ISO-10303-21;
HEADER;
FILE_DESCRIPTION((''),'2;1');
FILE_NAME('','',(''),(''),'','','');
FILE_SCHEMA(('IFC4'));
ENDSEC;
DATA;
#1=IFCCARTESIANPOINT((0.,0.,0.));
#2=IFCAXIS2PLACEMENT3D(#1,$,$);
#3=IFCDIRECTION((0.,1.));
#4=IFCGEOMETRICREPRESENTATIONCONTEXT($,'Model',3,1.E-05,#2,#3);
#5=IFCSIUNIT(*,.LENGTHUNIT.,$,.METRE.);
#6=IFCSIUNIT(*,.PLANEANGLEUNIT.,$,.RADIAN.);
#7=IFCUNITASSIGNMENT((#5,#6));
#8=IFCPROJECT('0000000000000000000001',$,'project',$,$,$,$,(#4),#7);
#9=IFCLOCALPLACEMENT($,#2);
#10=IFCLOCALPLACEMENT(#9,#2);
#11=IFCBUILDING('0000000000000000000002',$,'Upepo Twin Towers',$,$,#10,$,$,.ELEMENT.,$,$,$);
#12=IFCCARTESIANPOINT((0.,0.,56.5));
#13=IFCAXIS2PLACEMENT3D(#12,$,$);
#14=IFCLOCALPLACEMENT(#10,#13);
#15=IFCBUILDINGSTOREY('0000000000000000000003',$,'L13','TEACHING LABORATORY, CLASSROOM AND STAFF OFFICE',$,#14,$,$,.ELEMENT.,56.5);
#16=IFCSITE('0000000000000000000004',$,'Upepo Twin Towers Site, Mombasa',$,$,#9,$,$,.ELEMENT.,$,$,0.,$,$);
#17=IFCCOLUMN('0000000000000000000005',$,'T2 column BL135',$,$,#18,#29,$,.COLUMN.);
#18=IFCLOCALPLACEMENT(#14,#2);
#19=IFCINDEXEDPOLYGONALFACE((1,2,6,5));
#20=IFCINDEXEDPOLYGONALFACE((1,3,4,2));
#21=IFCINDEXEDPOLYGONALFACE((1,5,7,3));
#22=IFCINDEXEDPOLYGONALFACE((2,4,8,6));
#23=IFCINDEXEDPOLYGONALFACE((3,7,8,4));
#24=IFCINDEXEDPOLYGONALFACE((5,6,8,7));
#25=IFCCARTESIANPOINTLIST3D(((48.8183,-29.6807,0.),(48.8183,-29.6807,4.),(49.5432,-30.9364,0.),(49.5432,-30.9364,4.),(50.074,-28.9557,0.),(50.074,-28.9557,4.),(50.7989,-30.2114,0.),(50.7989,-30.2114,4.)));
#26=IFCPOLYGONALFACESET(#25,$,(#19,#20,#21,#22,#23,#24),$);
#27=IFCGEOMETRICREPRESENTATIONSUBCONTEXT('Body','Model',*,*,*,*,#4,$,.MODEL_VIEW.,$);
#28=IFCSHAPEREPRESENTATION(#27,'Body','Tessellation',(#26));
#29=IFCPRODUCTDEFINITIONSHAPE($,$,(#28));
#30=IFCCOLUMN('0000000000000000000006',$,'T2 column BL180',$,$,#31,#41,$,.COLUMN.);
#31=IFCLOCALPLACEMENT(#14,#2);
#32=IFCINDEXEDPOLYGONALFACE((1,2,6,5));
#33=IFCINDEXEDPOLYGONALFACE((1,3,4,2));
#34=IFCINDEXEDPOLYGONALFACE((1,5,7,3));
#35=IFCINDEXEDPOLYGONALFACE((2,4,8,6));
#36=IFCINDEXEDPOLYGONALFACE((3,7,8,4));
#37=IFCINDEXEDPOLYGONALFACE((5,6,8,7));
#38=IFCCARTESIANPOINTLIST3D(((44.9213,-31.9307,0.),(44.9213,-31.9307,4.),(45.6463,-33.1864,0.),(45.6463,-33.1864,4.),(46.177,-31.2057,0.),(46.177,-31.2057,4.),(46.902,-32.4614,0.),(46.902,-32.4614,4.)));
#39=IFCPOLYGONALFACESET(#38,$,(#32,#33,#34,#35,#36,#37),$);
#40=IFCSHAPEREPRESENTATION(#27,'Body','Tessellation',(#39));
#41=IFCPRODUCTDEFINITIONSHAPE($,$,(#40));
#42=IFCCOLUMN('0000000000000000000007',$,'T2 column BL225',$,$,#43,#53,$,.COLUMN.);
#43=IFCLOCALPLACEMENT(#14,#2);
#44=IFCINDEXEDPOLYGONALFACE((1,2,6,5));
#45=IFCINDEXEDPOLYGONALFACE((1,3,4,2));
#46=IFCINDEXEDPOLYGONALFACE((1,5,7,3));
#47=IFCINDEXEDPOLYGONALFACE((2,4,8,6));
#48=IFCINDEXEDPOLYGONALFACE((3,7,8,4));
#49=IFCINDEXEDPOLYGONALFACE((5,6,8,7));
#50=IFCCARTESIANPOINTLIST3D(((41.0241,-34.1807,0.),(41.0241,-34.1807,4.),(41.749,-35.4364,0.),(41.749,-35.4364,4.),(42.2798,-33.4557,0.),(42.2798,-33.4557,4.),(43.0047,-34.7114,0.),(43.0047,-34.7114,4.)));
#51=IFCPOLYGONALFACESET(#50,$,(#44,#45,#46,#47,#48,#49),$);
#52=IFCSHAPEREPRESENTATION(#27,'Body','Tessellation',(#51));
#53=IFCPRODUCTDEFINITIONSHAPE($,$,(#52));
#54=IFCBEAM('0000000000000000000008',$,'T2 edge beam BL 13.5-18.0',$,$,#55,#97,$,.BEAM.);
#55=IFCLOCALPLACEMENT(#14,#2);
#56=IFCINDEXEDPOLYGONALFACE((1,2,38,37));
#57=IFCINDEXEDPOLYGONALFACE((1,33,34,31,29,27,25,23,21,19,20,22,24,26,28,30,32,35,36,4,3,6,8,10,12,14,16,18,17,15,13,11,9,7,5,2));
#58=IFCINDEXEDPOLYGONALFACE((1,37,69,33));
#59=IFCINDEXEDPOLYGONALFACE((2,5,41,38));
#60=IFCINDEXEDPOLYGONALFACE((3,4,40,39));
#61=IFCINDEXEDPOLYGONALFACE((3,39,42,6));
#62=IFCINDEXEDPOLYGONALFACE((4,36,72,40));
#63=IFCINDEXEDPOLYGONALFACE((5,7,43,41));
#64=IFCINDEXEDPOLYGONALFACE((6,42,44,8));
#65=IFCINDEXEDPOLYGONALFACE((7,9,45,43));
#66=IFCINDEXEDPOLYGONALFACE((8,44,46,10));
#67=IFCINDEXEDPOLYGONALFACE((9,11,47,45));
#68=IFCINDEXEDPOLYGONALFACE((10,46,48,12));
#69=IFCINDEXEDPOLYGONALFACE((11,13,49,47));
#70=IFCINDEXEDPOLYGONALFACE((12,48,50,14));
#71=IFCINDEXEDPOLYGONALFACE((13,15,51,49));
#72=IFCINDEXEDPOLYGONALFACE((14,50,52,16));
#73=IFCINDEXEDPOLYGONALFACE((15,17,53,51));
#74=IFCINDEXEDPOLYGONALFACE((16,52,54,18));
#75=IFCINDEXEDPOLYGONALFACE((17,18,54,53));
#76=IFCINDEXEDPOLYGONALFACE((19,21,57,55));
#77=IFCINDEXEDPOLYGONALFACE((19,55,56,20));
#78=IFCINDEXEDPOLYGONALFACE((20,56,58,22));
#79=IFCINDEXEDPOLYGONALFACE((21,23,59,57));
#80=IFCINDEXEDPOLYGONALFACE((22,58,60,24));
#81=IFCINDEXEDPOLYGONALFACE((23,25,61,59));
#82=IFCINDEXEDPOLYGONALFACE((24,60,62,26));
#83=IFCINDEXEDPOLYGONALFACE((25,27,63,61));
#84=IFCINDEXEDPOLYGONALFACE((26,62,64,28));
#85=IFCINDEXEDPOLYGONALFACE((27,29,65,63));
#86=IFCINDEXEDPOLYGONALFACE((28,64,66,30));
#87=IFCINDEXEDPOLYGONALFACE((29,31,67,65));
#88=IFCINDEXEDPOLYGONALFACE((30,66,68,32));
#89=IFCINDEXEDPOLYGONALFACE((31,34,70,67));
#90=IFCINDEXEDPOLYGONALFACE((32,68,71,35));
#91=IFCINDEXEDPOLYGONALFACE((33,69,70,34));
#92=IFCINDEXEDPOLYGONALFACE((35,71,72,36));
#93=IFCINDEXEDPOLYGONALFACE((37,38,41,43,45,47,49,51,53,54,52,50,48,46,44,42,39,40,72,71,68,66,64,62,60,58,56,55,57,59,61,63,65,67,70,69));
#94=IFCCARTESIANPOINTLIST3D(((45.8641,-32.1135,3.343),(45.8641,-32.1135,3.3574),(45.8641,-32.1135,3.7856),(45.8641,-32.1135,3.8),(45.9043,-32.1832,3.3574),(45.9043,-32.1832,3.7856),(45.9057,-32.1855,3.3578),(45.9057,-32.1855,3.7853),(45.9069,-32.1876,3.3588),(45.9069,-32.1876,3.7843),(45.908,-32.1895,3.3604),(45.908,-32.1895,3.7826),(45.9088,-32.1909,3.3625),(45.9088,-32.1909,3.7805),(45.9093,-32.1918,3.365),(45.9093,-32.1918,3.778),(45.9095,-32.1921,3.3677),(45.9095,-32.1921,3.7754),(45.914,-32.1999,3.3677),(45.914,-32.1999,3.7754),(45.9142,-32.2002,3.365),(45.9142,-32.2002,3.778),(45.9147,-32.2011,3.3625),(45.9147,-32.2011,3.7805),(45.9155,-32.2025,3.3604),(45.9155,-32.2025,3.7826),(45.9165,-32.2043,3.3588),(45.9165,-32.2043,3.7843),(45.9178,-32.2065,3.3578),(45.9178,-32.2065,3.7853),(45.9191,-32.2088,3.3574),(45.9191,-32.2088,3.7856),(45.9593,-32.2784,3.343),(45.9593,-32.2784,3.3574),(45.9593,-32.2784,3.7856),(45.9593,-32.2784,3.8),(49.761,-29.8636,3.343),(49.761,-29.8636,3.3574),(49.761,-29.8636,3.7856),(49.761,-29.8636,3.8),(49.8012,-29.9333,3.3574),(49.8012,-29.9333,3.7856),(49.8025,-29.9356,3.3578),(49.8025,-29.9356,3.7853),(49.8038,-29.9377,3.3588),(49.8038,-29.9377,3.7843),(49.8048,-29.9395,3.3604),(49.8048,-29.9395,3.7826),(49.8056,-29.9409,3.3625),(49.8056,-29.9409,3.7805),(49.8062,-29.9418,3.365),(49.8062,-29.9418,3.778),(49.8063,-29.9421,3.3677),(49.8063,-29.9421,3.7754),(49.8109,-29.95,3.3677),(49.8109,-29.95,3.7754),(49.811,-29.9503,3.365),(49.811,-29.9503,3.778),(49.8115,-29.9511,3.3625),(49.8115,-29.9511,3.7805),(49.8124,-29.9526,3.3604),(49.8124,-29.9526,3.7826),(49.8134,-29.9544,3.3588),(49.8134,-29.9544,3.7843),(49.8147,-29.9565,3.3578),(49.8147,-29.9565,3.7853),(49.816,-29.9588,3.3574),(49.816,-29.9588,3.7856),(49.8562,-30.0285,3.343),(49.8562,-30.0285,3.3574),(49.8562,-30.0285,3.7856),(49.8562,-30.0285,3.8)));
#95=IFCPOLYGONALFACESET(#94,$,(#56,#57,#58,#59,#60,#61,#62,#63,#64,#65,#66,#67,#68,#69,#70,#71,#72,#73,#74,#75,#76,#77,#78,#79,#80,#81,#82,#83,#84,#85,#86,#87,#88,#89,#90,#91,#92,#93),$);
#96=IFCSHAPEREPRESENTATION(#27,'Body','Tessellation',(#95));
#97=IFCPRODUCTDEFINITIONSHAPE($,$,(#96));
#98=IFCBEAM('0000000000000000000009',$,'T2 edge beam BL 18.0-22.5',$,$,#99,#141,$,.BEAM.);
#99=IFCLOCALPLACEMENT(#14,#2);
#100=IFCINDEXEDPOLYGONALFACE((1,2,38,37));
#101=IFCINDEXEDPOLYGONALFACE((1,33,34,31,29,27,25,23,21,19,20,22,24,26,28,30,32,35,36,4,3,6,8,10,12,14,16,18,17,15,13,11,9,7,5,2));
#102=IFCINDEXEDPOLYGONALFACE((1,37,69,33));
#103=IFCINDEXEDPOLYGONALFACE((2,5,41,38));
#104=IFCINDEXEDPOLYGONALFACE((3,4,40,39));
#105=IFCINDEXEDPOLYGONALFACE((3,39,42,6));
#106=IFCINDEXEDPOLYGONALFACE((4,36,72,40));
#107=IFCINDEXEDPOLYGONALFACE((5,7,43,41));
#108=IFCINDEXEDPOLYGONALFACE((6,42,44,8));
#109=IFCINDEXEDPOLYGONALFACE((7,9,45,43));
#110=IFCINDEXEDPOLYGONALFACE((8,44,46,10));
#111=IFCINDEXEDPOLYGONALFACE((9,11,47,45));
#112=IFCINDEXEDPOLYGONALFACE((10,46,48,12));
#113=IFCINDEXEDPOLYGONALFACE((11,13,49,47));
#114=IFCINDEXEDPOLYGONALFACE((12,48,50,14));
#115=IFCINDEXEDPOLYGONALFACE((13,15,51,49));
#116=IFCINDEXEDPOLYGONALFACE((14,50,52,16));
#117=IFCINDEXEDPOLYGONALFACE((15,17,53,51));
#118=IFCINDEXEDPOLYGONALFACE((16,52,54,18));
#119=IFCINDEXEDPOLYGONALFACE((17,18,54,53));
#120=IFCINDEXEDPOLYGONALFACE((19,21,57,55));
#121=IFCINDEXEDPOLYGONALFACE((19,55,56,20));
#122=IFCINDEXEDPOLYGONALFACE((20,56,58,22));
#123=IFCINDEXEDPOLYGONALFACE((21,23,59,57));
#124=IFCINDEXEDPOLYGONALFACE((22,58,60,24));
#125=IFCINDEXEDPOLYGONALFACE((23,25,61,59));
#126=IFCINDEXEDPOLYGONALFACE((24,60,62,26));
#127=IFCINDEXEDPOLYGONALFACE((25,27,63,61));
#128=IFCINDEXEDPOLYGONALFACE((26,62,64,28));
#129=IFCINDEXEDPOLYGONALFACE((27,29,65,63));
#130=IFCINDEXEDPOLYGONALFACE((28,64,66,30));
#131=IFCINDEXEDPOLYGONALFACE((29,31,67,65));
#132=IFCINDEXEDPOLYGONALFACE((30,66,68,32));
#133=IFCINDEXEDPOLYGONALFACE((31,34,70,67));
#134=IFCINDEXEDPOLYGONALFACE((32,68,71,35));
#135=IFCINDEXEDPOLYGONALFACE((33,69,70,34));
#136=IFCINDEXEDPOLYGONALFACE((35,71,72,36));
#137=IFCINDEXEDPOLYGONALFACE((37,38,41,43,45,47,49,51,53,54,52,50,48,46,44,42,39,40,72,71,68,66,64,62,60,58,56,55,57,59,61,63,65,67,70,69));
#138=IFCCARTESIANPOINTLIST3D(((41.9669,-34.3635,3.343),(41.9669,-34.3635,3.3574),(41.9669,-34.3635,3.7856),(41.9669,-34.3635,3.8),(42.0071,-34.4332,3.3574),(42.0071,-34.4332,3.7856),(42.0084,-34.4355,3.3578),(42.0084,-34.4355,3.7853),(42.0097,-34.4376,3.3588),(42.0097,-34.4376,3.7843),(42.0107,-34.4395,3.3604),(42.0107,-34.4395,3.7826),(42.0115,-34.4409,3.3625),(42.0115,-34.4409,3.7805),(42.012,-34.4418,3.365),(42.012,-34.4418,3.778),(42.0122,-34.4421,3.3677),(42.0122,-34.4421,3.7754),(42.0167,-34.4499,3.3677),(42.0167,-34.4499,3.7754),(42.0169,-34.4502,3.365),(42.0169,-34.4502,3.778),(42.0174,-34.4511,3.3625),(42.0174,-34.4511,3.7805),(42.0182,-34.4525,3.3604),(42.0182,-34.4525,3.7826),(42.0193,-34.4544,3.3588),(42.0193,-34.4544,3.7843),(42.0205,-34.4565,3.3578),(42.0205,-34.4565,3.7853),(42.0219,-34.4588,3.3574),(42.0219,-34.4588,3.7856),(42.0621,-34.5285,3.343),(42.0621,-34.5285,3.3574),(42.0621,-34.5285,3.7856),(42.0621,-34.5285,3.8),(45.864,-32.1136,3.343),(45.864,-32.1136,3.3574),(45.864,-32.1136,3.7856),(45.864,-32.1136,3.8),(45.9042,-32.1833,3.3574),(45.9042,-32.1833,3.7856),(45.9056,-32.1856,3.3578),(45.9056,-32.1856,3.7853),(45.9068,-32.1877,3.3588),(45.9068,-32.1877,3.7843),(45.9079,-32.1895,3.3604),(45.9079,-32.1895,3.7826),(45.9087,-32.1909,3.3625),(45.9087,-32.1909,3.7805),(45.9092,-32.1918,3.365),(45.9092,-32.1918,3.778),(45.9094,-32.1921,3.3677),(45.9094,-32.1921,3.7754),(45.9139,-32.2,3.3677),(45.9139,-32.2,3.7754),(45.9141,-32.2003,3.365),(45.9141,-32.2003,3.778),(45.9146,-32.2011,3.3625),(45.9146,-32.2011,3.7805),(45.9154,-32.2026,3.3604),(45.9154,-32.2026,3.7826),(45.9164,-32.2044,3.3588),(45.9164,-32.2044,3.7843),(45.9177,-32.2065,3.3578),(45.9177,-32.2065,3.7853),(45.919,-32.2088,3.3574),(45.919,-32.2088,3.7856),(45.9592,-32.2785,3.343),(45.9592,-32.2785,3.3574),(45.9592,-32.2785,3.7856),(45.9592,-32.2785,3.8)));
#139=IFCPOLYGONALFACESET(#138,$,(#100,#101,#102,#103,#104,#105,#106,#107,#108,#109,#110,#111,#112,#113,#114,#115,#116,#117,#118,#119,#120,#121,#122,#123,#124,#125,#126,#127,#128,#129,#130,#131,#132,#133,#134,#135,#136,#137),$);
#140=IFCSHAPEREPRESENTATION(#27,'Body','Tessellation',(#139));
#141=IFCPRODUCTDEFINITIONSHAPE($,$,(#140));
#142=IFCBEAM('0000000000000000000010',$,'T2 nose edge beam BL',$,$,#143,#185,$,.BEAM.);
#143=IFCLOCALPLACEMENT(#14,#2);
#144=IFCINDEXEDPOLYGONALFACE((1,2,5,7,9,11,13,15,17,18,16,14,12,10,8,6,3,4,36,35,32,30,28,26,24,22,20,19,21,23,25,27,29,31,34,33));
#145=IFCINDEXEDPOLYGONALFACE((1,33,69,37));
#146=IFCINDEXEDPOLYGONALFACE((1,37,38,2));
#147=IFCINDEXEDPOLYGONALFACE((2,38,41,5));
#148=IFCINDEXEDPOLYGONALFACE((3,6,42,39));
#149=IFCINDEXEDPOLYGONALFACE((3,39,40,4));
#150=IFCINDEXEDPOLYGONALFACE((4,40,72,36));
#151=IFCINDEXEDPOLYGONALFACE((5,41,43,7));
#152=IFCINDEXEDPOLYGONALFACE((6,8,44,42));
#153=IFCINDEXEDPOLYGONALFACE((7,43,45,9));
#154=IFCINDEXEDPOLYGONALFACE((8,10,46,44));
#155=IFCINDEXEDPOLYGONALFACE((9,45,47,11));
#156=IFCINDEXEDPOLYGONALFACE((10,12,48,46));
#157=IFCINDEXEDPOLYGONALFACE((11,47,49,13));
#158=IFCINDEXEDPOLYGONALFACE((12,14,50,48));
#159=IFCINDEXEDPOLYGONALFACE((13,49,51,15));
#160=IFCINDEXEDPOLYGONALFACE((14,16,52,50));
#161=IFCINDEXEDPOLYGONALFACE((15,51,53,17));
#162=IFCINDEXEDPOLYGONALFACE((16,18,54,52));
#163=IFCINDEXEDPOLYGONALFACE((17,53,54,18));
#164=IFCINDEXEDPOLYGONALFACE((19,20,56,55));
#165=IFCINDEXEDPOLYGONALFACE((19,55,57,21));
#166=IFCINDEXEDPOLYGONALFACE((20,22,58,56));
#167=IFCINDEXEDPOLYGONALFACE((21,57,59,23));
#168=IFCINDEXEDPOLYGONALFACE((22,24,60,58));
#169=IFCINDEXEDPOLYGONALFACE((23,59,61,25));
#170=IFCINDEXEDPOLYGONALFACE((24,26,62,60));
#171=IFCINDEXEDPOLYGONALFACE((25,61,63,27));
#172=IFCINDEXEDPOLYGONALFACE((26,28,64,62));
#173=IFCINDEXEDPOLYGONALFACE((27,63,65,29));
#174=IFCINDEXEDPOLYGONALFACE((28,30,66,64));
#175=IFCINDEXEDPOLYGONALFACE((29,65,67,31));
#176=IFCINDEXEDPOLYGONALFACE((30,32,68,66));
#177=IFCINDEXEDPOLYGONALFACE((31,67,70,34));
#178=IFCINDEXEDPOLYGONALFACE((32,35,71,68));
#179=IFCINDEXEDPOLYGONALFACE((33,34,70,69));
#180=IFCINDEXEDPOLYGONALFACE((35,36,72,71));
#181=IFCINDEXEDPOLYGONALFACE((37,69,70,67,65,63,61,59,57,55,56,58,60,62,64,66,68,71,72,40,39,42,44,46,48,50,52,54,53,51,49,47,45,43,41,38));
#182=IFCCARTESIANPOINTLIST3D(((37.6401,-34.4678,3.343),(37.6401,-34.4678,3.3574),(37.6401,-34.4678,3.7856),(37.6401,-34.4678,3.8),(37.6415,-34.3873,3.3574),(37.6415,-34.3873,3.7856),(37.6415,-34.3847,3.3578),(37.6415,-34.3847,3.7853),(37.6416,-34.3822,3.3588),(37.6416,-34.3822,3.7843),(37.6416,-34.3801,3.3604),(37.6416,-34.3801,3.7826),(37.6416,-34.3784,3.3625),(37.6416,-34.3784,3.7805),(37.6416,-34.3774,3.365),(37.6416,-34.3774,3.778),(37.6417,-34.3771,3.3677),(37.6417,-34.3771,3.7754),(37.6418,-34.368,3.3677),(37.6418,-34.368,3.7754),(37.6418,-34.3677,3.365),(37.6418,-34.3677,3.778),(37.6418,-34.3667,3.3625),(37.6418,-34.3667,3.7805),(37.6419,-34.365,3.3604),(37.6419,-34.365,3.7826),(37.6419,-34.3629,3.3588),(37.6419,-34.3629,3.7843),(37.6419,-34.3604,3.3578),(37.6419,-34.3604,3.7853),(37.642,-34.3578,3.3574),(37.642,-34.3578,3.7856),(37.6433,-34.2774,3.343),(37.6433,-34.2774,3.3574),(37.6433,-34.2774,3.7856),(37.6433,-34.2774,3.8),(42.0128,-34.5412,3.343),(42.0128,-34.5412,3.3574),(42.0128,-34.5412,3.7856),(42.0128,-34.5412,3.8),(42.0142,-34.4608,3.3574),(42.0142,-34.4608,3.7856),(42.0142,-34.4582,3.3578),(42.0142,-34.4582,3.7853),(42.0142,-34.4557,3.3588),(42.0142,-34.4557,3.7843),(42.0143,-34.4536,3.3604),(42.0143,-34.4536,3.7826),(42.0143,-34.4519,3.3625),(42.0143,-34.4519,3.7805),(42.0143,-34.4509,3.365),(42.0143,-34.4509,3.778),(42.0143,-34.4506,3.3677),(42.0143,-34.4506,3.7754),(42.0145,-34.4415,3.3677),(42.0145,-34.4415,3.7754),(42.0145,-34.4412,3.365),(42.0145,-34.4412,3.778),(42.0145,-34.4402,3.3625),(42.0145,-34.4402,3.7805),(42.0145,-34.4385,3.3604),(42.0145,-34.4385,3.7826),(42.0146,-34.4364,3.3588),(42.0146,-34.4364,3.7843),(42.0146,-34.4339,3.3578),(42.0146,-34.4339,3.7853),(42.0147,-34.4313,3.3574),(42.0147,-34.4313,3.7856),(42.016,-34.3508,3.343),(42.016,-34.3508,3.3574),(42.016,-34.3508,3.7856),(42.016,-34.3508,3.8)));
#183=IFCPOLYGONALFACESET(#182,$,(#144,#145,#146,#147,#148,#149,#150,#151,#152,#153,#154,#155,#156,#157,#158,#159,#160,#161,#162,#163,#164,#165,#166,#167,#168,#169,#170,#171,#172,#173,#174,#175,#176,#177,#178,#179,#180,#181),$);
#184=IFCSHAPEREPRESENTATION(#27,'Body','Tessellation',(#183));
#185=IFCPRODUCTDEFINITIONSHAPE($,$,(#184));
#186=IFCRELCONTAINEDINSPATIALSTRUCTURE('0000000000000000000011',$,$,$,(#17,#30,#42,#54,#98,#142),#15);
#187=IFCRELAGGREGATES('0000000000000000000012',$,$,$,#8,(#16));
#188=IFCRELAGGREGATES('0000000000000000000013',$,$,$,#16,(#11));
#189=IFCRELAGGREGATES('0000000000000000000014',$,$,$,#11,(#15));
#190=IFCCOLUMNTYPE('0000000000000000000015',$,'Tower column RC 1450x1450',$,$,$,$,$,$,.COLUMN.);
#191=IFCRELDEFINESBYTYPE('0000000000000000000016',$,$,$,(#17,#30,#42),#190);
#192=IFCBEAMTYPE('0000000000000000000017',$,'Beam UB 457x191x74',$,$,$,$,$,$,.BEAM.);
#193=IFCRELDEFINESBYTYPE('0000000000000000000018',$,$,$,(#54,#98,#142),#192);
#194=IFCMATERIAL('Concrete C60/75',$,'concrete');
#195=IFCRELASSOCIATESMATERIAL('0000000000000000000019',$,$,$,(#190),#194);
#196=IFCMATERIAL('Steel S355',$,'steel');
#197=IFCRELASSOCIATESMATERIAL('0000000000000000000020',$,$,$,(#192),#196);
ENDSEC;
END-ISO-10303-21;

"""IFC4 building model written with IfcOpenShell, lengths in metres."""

from ifc_helpers import new_model, si_unit, direction, frame, origin, origin_2d, place, context, subcontext, project, spatial, rectangle, i_section, extrude, material, material_profile, profile_set, type_object, element, save


model = new_model("IFC4")

# Units and contexts
model_context = context("Model", 3, precision=1e-05, world=origin(), true_north=direction((0.0, 1.0)))
body_context = subcontext(model_context, "Body", "Model", "MODEL_VIEW")
ifc_project = project(units=[si_unit("LENGTHUNIT", "METRE"), si_unit("PLANEANGLEUNIT", "RADIAN")], contexts=[model_context])

# Site, building, storey
site_placement = place(None, origin())
site = spatial("IfcSite", under=ifc_project, at=site_placement, Name="Upepo Twin Towers Site, Mombasa", CompositionType="ELEMENT", RefElevation=0.0)
building_placement = place(site_placement, origin())
building = spatial("IfcBuilding", under=site, at=building_placement, Name="Upepo Twin Towers", CompositionType="ELEMENT")
storey_placement = place(building_placement, frame((0.0, 0.0, 56.5)))
storey = spatial("IfcBuildingStorey", under=building, at=storey_placement, Name="L13", Description="TEACHING LABORATORY, CLASSROOM AND STAFF OFFICE", CompositionType="ELEMENT", Elevation=56.5)

# Columns
ifc_material_1 = material(Name="Concrete C60/75", Category="concrete")
ifc_material_profile_1 = material_profile(ifc_material_1, rectangle(XDim=1.45, YDim=1.45, at=origin_2d()), Name="RC 1450x1450")
ifc_profile_set_1 = profile_set([ifc_material_profile_1], Name="Concrete C60/75")
column_type = type_object("IfcColumnType", Name="Tower column RC 1450x1450", PredefinedType="COLUMN", material=ifc_profile_set_1)
for number, where, z_axis, x_axis, name in (
    (1, (49.8086, -29.946, 0.0), (0.0, 0.0, 1.0), (0.866025, 0.5, 0.0), "T2 column BL135"),
    (2, (45.9116, -32.196, 0.0), (0.0, 0.0, 1.0), (0.866025, 0.5, 0.0), "T2 column BL180"),
    (3, (42.0144, -34.446, 0.0), (0.0, 0.0, 1.0), (0.866025, 0.5, 0.0), "T2 column BL225"),
):
    element("IfcColumn", number, at=place(storey_placement, frame(where, z_axis=z_axis, x_axis=x_axis)), inside=storey, type_object=column_type, Name=name, PredefinedType="COLUMN", context=body_context, shape_type="SweptSolid", body=[
        extrude(rectangle(XDim=1.45, YDim=1.45, at=origin_2d()), origin(), (0.0, 0.0, 1.0), 4.0),
    ])

# Beams
ifc_material_2 = material(Name="Steel S355", Category="steel")
ifc_material_profile_2 = material_profile(ifc_material_2, i_section(OverallWidth=0.1904, OverallDepth=0.457, WebThickness=0.009, FlangeThickness=0.0144, FilletRadius=0.0103, at=origin_2d()), Name="UB 457x191x74")
ifc_profile_set_2 = profile_set([ifc_material_profile_2], Name="Steel S355")
beam_type_1 = type_object("IfcBeamType", Name="Beam UB 457x191x74", PredefinedType="BEAM", material=ifc_profile_set_2)
beam_1_placement = place(storey_placement, frame((49.8086, -29.946, 3.5715), z_axis=(-0.866018, -0.500014, 0.0), x_axis=(0.500014, -0.866018, 0.0)))
element("IfcBeam", 4, at=beam_1_placement, inside=storey, type_object=beam_type_1, Name="T2 edge beam BL 13.5-18.0", PredefinedType="BEAM", context=body_context, shape_type="SweptSolid", body=[
    extrude(i_section(OverallWidth=0.1904, OverallDepth=0.457, WebThickness=0.009, FlangeThickness=0.0144, FilletRadius=0.0103, at=origin_2d()), origin(), (0.0, 0.0, 1.0), 4.4998),
])
beam_2_placement = place(storey_placement, frame((45.9116, -32.196, 3.5715), z_axis=(-0.866031, -0.49999, 0.0), x_axis=(0.49999, -0.866031, 0.0)))
element("IfcBeam", 5, at=beam_2_placement, inside=storey, type_object=beam_type_1, Name="T2 edge beam BL 18.0-22.5", PredefinedType="BEAM", context=body_context, shape_type="SweptSolid", body=[
    extrude(i_section(OverallWidth=0.1904, OverallDepth=0.457, WebThickness=0.009, FlangeThickness=0.0144, FilletRadius=0.0103, at=origin_2d()), origin(), (0.0, 0.0, 1.0), 4.5),
])
beam_3_placement = place(storey_placement, frame((42.0144, -34.446, 3.5715), z_axis=(-0.999859, 0.016804, 0.0), x_axis=(-0.016804, -0.999859, 0.0)))
element("IfcBeam", 6, at=beam_3_placement, inside=storey, type_object=beam_type_1, Name="T2 nose edge beam BL", PredefinedType="BEAM", context=body_context, shape_type="SweptSolid", body=[
    extrude(i_section(OverallWidth=0.1904, OverallDepth=0.457, WebThickness=0.009, FlangeThickness=0.0144, FilletRadius=0.0103, at=origin_2d()), origin(), (0.0, 0.0, 1.0), 4.3733),
])

save(model, "model.ifc")
